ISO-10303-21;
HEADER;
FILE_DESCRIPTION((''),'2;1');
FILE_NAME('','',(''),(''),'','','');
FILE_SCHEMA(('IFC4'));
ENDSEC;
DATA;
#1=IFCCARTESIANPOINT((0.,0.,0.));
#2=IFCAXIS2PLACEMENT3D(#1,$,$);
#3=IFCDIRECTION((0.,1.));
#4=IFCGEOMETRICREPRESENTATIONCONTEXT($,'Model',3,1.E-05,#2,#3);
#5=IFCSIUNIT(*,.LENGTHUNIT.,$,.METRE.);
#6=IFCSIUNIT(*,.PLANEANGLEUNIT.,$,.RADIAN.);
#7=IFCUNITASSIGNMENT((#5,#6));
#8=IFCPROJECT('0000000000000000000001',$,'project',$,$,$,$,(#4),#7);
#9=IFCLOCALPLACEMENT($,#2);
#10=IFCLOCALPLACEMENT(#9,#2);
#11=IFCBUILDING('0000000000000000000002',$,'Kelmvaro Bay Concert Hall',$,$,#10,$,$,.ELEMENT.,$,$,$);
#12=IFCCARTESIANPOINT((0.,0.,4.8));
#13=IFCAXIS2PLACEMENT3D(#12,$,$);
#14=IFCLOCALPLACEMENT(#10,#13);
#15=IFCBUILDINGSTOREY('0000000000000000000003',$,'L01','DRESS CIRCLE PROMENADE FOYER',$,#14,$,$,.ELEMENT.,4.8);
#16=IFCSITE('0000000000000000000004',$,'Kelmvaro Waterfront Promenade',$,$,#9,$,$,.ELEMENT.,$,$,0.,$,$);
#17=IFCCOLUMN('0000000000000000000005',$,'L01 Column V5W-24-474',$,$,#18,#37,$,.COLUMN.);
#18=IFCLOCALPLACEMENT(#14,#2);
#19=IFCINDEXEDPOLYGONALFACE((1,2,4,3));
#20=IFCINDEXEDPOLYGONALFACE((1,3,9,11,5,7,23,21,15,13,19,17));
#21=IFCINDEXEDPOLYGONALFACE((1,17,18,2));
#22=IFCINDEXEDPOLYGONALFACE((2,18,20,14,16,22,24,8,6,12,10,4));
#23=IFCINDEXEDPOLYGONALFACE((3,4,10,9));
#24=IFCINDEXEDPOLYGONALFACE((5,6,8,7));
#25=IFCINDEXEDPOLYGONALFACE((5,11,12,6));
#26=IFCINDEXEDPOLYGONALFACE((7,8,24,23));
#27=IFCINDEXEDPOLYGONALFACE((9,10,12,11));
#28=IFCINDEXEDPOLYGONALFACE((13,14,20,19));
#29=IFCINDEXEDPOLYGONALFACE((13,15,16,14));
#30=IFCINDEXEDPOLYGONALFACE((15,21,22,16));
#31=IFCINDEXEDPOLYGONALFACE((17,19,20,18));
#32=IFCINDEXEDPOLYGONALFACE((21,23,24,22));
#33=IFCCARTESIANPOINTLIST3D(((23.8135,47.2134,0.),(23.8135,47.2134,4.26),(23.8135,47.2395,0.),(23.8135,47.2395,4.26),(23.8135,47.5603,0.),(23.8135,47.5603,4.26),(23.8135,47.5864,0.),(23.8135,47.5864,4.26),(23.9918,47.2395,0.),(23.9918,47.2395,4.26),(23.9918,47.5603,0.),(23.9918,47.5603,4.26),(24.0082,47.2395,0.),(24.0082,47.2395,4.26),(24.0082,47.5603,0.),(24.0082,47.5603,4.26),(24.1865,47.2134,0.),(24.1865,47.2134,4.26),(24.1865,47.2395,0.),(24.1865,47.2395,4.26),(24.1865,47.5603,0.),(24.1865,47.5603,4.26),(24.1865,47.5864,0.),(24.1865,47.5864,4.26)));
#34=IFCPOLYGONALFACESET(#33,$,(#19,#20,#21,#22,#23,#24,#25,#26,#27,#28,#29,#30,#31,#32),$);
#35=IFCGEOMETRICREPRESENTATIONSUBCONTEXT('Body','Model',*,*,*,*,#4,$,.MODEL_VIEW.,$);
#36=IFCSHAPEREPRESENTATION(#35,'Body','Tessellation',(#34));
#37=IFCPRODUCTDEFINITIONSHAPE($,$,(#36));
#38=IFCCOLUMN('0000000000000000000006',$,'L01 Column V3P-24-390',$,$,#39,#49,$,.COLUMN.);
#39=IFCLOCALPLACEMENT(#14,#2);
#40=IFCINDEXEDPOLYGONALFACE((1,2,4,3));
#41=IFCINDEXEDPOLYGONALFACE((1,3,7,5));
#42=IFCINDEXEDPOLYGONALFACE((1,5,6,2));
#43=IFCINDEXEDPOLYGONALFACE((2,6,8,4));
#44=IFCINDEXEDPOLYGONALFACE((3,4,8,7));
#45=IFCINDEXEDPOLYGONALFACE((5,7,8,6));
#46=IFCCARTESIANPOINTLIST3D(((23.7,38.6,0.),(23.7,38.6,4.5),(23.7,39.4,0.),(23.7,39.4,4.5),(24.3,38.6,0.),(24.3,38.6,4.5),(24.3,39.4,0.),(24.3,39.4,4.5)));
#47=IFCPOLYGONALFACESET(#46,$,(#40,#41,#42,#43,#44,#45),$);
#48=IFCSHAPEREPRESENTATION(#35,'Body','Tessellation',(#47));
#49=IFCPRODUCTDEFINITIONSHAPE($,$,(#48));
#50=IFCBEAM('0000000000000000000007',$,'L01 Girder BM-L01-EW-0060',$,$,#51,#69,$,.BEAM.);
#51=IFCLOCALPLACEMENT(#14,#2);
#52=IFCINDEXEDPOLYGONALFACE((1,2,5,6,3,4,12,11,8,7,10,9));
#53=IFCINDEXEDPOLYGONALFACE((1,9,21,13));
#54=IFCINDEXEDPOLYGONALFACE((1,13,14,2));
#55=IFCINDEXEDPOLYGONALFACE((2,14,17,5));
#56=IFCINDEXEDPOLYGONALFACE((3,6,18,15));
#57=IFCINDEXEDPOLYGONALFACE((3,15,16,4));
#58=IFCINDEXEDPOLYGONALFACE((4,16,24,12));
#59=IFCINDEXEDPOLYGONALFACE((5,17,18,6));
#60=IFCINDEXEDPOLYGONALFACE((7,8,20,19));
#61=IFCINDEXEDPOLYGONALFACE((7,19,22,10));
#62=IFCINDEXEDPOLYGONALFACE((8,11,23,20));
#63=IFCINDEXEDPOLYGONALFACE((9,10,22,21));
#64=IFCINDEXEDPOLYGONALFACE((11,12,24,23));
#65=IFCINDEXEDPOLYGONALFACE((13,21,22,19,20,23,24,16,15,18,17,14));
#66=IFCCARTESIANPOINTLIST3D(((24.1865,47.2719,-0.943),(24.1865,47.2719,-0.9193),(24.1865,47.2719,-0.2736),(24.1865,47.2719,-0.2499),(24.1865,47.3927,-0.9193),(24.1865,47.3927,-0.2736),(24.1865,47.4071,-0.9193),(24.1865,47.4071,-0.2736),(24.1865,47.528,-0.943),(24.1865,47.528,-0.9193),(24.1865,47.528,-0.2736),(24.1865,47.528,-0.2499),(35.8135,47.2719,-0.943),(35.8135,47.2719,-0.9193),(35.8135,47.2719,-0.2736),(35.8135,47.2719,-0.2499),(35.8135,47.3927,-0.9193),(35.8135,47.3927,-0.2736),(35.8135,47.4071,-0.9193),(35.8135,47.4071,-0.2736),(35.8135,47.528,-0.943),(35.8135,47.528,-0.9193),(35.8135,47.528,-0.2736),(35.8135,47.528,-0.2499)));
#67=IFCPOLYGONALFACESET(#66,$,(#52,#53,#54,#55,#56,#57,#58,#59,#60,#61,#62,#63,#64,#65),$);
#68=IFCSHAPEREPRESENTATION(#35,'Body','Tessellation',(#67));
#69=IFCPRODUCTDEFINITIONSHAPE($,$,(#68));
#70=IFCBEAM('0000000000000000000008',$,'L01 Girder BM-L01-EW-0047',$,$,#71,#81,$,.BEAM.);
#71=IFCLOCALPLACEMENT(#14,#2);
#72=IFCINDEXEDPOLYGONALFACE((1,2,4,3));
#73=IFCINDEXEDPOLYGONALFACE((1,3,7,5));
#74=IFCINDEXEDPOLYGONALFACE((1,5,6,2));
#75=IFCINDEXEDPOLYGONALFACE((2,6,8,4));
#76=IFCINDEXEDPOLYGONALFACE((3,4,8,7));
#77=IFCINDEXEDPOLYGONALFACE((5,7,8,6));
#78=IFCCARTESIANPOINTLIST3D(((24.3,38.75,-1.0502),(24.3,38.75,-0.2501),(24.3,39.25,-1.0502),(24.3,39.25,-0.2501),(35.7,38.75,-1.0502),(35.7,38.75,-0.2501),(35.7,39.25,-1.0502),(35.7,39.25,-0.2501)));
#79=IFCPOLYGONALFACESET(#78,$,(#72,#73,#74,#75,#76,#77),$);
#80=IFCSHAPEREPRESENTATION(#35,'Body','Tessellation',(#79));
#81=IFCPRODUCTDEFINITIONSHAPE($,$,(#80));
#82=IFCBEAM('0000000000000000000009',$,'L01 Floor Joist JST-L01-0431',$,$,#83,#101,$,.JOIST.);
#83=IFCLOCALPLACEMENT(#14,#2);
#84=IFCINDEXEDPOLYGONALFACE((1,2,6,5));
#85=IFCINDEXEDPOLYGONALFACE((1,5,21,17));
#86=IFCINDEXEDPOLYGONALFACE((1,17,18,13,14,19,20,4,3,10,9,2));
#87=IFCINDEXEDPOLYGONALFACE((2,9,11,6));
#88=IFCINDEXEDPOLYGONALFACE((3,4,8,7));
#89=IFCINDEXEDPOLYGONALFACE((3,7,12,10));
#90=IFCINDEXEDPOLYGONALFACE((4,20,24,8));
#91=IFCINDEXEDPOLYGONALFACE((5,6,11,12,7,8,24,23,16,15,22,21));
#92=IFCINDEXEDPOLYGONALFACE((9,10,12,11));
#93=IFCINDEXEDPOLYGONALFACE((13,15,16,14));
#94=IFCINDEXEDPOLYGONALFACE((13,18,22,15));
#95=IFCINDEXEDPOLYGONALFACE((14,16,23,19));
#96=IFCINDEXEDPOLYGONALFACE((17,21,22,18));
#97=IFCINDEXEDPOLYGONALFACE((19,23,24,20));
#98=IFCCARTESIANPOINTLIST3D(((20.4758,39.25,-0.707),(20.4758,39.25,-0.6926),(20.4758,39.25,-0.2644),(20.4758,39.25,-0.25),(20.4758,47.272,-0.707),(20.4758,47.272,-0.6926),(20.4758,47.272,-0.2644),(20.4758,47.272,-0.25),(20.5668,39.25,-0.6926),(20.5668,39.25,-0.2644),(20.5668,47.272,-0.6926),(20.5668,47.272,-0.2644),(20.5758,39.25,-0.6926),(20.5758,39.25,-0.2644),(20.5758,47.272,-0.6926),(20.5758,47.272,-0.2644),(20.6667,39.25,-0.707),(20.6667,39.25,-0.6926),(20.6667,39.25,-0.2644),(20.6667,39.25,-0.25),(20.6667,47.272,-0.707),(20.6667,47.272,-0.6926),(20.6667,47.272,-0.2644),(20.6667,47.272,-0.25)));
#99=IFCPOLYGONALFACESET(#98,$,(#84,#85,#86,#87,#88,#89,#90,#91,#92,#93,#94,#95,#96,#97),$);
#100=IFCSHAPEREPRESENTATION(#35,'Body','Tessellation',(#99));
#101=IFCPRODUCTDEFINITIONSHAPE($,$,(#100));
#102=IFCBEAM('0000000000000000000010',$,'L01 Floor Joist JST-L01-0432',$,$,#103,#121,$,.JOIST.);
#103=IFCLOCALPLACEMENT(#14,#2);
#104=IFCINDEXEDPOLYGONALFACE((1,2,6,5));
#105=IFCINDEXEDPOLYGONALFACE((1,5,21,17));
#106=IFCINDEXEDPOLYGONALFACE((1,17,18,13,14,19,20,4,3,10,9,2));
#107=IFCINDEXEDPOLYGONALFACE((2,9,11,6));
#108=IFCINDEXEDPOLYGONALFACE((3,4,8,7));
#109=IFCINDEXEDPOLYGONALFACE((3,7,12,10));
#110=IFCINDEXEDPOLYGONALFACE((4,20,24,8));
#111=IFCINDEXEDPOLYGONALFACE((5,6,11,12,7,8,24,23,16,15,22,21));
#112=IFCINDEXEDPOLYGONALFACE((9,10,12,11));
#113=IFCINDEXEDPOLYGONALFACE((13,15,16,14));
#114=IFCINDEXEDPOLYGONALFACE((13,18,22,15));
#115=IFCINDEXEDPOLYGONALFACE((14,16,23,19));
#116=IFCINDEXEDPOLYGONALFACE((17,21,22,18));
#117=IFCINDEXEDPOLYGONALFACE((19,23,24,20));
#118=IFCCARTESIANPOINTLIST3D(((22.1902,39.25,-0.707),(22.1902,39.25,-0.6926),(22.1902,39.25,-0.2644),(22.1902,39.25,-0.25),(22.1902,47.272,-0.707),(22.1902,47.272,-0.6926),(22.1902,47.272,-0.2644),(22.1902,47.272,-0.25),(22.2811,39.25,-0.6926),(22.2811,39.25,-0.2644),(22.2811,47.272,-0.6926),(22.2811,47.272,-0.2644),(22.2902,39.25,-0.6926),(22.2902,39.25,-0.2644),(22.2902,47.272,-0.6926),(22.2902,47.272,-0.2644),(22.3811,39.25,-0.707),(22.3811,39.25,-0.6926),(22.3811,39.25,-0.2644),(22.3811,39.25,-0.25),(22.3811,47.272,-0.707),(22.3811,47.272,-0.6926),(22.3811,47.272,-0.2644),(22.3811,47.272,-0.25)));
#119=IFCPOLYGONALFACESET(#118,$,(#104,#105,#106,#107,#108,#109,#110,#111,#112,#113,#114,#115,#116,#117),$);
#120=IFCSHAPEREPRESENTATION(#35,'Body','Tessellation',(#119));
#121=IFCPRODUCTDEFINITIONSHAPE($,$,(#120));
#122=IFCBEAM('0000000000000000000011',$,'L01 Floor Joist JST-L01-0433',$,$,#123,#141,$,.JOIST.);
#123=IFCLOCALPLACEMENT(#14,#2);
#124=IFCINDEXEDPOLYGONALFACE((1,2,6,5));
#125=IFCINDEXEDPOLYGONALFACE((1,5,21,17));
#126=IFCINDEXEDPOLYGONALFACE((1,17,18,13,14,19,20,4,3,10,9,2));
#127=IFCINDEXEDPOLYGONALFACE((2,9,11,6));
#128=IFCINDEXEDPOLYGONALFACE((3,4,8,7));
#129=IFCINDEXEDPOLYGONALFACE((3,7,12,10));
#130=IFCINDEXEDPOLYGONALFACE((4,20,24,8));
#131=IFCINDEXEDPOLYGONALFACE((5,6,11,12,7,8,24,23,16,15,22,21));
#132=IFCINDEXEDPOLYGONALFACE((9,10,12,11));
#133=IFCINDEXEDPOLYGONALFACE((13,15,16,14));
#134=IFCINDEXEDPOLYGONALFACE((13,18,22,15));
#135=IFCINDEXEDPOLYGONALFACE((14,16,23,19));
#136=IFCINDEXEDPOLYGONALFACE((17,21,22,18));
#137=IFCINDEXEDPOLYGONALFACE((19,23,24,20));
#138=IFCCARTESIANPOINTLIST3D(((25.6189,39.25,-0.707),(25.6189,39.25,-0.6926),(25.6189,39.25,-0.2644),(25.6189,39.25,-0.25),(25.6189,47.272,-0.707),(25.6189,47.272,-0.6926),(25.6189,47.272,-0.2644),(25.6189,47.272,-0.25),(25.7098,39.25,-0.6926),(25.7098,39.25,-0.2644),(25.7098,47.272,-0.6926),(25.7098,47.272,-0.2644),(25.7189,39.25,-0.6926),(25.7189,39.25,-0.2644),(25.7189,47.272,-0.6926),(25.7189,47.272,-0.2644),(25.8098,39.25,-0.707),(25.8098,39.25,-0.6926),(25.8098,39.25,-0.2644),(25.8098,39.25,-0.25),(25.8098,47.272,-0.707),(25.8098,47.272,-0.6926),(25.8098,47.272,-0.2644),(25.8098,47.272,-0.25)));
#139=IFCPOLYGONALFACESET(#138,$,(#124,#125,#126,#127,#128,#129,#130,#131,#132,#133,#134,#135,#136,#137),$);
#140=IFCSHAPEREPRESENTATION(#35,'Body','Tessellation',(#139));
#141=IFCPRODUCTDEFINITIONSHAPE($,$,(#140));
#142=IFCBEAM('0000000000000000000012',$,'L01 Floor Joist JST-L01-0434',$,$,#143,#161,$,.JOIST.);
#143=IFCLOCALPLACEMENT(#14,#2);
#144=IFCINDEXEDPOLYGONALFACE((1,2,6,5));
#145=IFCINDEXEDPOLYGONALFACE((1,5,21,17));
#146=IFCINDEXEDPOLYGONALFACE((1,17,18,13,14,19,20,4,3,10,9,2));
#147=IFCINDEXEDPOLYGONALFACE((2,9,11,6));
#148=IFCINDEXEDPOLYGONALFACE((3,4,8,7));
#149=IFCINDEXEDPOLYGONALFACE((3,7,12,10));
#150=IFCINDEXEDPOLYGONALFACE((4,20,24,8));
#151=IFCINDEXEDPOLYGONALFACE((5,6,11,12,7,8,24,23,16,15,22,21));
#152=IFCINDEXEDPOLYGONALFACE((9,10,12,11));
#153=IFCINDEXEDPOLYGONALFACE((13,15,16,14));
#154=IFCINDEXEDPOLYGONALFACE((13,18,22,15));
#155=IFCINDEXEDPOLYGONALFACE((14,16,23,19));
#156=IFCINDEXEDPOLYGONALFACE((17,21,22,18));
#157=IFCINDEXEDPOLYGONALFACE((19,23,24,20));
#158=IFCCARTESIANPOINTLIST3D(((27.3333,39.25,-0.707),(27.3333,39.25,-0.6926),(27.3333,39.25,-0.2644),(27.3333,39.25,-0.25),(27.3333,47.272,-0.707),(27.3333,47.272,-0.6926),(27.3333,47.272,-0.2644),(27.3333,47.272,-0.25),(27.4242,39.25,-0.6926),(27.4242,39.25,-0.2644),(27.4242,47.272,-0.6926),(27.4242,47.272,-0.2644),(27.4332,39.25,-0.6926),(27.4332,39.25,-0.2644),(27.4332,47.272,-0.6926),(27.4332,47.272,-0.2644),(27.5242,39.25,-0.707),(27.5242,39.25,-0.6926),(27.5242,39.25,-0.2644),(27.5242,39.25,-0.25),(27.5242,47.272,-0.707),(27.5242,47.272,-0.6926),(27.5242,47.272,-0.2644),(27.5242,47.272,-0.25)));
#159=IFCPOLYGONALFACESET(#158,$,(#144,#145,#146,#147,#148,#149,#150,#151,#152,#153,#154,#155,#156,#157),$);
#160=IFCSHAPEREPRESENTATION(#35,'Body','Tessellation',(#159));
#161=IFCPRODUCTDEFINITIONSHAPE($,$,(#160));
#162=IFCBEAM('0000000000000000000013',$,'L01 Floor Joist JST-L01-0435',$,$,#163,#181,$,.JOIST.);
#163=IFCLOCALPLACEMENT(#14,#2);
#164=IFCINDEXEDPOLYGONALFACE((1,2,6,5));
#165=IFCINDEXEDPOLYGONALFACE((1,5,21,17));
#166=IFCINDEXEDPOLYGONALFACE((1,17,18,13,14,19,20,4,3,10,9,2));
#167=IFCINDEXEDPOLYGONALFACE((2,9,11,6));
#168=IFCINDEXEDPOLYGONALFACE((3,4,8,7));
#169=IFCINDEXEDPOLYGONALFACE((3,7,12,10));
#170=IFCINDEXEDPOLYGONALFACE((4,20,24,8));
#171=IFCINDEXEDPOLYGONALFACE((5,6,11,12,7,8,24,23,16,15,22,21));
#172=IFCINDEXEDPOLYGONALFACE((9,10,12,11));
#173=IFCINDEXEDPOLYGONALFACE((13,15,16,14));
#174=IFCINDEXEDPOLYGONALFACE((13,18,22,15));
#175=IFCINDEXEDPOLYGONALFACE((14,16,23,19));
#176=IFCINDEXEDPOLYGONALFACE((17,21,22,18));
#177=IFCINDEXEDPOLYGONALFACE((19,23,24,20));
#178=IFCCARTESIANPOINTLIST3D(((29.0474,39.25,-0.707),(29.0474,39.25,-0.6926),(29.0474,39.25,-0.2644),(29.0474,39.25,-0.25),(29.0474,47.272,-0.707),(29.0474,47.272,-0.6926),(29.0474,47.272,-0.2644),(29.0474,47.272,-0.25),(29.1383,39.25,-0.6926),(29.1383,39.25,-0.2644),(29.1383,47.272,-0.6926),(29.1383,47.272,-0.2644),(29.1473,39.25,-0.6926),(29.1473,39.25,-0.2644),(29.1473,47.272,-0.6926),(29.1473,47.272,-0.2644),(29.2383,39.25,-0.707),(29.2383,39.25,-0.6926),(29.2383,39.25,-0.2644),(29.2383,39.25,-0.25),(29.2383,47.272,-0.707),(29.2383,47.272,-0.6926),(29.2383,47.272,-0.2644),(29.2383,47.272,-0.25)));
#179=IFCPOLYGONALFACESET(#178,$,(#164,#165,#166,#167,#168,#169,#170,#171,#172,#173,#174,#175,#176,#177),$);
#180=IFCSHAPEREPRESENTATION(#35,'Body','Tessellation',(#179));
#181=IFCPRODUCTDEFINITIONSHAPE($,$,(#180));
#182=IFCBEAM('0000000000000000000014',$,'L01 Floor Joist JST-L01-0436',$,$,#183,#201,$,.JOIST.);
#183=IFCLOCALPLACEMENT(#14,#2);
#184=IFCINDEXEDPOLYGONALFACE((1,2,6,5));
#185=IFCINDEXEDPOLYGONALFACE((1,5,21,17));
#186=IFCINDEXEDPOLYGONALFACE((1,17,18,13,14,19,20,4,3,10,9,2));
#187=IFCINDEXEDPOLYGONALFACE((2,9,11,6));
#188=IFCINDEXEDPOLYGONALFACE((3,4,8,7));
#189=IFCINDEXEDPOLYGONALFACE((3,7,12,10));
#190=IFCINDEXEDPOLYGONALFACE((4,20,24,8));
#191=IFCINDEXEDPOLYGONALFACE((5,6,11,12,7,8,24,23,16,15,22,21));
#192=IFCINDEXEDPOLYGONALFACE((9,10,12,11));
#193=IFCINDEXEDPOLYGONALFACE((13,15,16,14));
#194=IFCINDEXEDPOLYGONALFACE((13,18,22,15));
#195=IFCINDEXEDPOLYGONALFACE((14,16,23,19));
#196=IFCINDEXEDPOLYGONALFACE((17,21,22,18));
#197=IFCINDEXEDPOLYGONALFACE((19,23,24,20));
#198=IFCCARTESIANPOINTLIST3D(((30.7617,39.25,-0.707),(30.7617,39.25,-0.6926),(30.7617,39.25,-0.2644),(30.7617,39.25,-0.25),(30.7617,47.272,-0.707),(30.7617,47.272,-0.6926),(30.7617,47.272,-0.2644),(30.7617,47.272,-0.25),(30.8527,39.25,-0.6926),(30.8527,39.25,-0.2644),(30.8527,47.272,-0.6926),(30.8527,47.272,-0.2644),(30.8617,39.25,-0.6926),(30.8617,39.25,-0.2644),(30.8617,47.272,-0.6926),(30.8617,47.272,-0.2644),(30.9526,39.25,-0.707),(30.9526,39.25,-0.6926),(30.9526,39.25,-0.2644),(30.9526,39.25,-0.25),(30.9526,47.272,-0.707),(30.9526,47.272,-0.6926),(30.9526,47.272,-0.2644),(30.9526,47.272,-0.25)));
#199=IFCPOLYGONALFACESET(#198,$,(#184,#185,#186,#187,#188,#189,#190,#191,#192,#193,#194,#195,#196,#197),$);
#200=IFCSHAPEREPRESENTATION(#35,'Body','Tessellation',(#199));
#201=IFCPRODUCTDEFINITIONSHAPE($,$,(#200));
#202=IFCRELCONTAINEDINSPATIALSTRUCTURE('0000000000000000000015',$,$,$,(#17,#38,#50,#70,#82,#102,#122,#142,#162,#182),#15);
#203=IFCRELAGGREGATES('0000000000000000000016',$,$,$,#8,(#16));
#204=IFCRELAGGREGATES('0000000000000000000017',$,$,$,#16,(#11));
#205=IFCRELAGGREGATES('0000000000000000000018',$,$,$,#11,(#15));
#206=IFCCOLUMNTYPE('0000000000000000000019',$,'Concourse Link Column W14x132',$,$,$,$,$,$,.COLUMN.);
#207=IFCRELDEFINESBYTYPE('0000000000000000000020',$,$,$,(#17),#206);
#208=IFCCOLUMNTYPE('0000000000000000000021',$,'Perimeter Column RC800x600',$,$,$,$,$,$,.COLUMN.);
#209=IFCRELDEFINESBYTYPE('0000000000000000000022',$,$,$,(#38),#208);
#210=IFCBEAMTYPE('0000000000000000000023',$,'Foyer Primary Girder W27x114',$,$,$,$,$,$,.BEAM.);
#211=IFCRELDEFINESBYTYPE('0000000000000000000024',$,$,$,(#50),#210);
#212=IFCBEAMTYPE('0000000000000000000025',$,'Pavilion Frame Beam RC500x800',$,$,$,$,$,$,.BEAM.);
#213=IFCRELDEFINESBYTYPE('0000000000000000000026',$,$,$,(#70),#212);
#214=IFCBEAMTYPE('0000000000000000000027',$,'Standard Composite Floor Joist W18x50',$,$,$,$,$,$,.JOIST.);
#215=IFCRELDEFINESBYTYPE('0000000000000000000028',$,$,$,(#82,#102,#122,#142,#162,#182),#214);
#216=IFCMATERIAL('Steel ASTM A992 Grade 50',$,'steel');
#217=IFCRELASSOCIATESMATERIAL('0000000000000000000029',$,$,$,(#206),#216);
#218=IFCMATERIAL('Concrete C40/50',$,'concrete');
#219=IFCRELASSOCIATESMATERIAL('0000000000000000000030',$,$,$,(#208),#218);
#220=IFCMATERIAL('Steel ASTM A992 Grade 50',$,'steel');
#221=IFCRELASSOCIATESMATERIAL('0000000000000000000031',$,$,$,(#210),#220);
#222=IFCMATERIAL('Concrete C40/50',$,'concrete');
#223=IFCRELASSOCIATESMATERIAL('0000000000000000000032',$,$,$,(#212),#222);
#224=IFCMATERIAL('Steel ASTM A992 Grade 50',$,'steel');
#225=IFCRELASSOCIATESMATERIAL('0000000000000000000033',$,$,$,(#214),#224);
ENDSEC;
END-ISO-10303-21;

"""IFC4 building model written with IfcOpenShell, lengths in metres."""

from ifc_helpers import new_model, si_unit, direction, frame, origin, origin_2d, place, context, subcontext, project, spatial, rectangle, i_section, extrude, material, material_profile, profile_set, type_object, element, save


model = new_model("IFC4")

# Units and contexts
model_context = context("Model", 3, precision=1e-05, world=origin(), true_north=direction((0.0, 1.0)))
body_context = subcontext(model_context, "Body", "Model", "MODEL_VIEW")
ifc_project = project(units=[si_unit("LENGTHUNIT", "METRE"), si_unit("PLANEANGLEUNIT", "RADIAN")], contexts=[model_context])

# Site, building, storey
site_placement = place(None, origin())
site = spatial("IfcSite", under=ifc_project, at=site_placement, Name="Kelmvaro Waterfront Promenade", CompositionType="ELEMENT", RefElevation=0.0)
building_placement = place(site_placement, origin())
building = spatial("IfcBuilding", under=site, at=building_placement, Name="Kelmvaro Bay Concert Hall", CompositionType="ELEMENT")
storey_placement = place(building_placement, frame((0.0, 0.0, 4.8)))
storey = spatial("IfcBuildingStorey", under=building, at=storey_placement, Name="L01", Description="DRESS CIRCLE PROMENADE FOYER", CompositionType="ELEMENT", Elevation=4.8)

# Columns
ifc_material_1 = material(Name="Steel ASTM A992 Grade 50", Category="steel")
ifc_material_profile_1 = material_profile(ifc_material_1, i_section(OverallWidth=0.373, OverallDepth=0.373, WebThickness=0.0164, FlangeThickness=0.0261, at=origin_2d()), Name="W14X132")
ifc_profile_set_1 = profile_set([ifc_material_profile_1], Name="Steel ASTM A992 Grade 50")
column_type_1 = type_object("IfcColumnType", Name="Concourse Link Column W14x132", PredefinedType="COLUMN", material=ifc_profile_set_1)
column_1_placement = place(storey_placement, frame((24.0, 47.3999, 0.0), z_axis=(0.0, 0.0, 1.0), x_axis=(1.0, 0.0, 0.0)))
element("IfcColumn", 1, at=column_1_placement, inside=storey, type_object=column_type_1, Name="L01 Column V5W-24-474", PredefinedType="COLUMN", context=body_context, shape_type="SweptSolid", body=[
    extrude(i_section(OverallWidth=0.373, OverallDepth=0.373, WebThickness=0.0164, FlangeThickness=0.0261, at=origin_2d()), origin(), (0.0, 0.0, 1.0), 4.26),
])
ifc_material_2 = material(Name="Concrete C40/50", Category="concrete")
ifc_material_profile_2 = material_profile(ifc_material_2, rectangle(XDim=0.6001, YDim=0.8, at=origin_2d()), Name="RC-COL-800X600")
ifc_profile_set_2 = profile_set([ifc_material_profile_2], Name="Concrete C40/50")
column_type_2 = type_object("IfcColumnType", Name="Perimeter Column RC800x600", PredefinedType="COLUMN", material=ifc_profile_set_2)
column_2_placement = place(storey_placement, frame((24.0, 39.0, 0.0), z_axis=(0.0, 0.0, 1.0), x_axis=(1.0, 0.0, 0.0)))
element("IfcColumn", 2, at=column_2_placement, inside=storey, type_object=column_type_2, Name="L01 Column V3P-24-390", PredefinedType="COLUMN", context=body_context, shape_type="SweptSolid", body=[
    extrude(rectangle(XDim=0.6001, YDim=0.8, at=origin_2d()), origin(), (0.0, 0.0, 1.0), 4.5),
])

# Beams
ifc_material_3 = material(Name="Steel ASTM A992 Grade 50", Category="steel")
ifc_material_profile_3 = material_profile(ifc_material_3, i_section(OverallWidth=0.2561, OverallDepth=0.6931, WebThickness=0.0144, FlangeThickness=0.0237, at=origin_2d()), Name="W27X114")
ifc_profile_set_3 = profile_set([ifc_material_profile_3], Name="Steel ASTM A992 Grade 50")
beam_type_1 = type_object("IfcBeamType", Name="Foyer Primary Girder W27x114", PredefinedType="BEAM", material=ifc_profile_set_3)
beam_1_placement = place(storey_placement, frame((24.1865, 47.3999, -0.5964), z_axis=(1.0, 0.0, 0.0), x_axis=(0.0, 1.0, 0.0)))
element("IfcBeam", 3, at=beam_1_placement, inside=storey, type_object=beam_type_1, Name="L01 Girder BM-L01-EW-0060", PredefinedType="BEAM", context=body_context, shape_type="SweptSolid", body=[
    extrude(i_section(OverallWidth=0.2561, OverallDepth=0.6931, WebThickness=0.0144, FlangeThickness=0.0237, at=origin_2d()), origin(), (0.0, 0.0, 1.0), 11.627),
])
ifc_material_4 = material(Name="Concrete C40/50", Category="concrete")
ifc_material_profile_4 = material_profile(ifc_material_4, rectangle(XDim=0.5, YDim=0.8, at=origin_2d()), Name="RC-BM-500X800")
ifc_profile_set_4 = profile_set([ifc_material_profile_4], Name="Concrete C40/50")
beam_type_2 = type_object("IfcBeamType", Name="Pavilion Frame Beam RC500x800", PredefinedType="BEAM", material=ifc_profile_set_4)
beam_2_placement = place(storey_placement, frame((24.3, 39.0, -0.6501), z_axis=(1.0, 0.0, 0.0), x_axis=(0.0, 1.0, 0.0)))
element("IfcBeam", 4, at=beam_2_placement, inside=storey, type_object=beam_type_2, Name="L01 Girder BM-L01-EW-0047", PredefinedType="BEAM", context=body_context, shape_type="SweptSolid", body=[
    extrude(rectangle(XDim=0.5, YDim=0.8, at=origin_2d()), origin(), (0.0, 0.0, 1.0), 11.3999),
])
ifc_material_5 = material(Name="Steel ASTM A992 Grade 50", Category="steel")
ifc_material_profile_5 = material_profile(ifc_material_5, i_section(OverallWidth=0.1909, OverallDepth=0.457, WebThickness=0.009, FlangeThickness=0.0144, at=origin_2d()), Name="W18X50")
ifc_profile_set_5 = profile_set([ifc_material_profile_5], Name="Steel ASTM A992 Grade 50")
beam_type_3 = type_object("IfcBeamType", Name="Standard Composite Floor Joist W18x50", PredefinedType="JOIST", material=ifc_profile_set_5)
for number, where, z_axis, x_axis, name in (
    (5, (20.5713, 39.25, -0.4785), (0.0, 1.0, 0.0), (-1.0, 0.0, 0.0), "L01 Floor Joist JST-L01-0431"),
    (6, (22.2856, 39.25, -0.4785), (0.0, 1.0, 0.0), (-1.0, 0.0, 0.0), "L01 Floor Joist JST-L01-0432"),
    (7, (25.7144, 39.25, -0.4785), (0.0, 1.0, 0.0), (-1.0, 0.0, 0.0), "L01 Floor Joist JST-L01-0433"),
    (8, (27.4287, 39.25, -0.4785), (0.0, 1.0, 0.0), (-1.0, 0.0, 0.0), "L01 Floor Joist JST-L01-0434"),
    (9, (29.1428, 39.25, -0.4785), (0.0, 1.0, 0.0), (-1.0, 0.0, 0.0), "L01 Floor Joist JST-L01-0435"),
    (10, (30.8572, 39.25, -0.4785), (0.0, 1.0, 0.0), (-1.0, 0.0, 0.0), "L01 Floor Joist JST-L01-0436"),
):
    element("IfcBeam", number, at=place(storey_placement, frame(where, z_axis=z_axis, x_axis=x_axis)), inside=storey, type_object=beam_type_3, Name=name, PredefinedType="JOIST", context=body_context, shape_type="SweptSolid", body=[
        extrude(i_section(OverallWidth=0.1909, OverallDepth=0.457, WebThickness=0.009, FlangeThickness=0.0144, at=origin_2d()), origin(), (0.0, 0.0, 1.0), 8.022),
    ])

save(model, "model.ifc")
